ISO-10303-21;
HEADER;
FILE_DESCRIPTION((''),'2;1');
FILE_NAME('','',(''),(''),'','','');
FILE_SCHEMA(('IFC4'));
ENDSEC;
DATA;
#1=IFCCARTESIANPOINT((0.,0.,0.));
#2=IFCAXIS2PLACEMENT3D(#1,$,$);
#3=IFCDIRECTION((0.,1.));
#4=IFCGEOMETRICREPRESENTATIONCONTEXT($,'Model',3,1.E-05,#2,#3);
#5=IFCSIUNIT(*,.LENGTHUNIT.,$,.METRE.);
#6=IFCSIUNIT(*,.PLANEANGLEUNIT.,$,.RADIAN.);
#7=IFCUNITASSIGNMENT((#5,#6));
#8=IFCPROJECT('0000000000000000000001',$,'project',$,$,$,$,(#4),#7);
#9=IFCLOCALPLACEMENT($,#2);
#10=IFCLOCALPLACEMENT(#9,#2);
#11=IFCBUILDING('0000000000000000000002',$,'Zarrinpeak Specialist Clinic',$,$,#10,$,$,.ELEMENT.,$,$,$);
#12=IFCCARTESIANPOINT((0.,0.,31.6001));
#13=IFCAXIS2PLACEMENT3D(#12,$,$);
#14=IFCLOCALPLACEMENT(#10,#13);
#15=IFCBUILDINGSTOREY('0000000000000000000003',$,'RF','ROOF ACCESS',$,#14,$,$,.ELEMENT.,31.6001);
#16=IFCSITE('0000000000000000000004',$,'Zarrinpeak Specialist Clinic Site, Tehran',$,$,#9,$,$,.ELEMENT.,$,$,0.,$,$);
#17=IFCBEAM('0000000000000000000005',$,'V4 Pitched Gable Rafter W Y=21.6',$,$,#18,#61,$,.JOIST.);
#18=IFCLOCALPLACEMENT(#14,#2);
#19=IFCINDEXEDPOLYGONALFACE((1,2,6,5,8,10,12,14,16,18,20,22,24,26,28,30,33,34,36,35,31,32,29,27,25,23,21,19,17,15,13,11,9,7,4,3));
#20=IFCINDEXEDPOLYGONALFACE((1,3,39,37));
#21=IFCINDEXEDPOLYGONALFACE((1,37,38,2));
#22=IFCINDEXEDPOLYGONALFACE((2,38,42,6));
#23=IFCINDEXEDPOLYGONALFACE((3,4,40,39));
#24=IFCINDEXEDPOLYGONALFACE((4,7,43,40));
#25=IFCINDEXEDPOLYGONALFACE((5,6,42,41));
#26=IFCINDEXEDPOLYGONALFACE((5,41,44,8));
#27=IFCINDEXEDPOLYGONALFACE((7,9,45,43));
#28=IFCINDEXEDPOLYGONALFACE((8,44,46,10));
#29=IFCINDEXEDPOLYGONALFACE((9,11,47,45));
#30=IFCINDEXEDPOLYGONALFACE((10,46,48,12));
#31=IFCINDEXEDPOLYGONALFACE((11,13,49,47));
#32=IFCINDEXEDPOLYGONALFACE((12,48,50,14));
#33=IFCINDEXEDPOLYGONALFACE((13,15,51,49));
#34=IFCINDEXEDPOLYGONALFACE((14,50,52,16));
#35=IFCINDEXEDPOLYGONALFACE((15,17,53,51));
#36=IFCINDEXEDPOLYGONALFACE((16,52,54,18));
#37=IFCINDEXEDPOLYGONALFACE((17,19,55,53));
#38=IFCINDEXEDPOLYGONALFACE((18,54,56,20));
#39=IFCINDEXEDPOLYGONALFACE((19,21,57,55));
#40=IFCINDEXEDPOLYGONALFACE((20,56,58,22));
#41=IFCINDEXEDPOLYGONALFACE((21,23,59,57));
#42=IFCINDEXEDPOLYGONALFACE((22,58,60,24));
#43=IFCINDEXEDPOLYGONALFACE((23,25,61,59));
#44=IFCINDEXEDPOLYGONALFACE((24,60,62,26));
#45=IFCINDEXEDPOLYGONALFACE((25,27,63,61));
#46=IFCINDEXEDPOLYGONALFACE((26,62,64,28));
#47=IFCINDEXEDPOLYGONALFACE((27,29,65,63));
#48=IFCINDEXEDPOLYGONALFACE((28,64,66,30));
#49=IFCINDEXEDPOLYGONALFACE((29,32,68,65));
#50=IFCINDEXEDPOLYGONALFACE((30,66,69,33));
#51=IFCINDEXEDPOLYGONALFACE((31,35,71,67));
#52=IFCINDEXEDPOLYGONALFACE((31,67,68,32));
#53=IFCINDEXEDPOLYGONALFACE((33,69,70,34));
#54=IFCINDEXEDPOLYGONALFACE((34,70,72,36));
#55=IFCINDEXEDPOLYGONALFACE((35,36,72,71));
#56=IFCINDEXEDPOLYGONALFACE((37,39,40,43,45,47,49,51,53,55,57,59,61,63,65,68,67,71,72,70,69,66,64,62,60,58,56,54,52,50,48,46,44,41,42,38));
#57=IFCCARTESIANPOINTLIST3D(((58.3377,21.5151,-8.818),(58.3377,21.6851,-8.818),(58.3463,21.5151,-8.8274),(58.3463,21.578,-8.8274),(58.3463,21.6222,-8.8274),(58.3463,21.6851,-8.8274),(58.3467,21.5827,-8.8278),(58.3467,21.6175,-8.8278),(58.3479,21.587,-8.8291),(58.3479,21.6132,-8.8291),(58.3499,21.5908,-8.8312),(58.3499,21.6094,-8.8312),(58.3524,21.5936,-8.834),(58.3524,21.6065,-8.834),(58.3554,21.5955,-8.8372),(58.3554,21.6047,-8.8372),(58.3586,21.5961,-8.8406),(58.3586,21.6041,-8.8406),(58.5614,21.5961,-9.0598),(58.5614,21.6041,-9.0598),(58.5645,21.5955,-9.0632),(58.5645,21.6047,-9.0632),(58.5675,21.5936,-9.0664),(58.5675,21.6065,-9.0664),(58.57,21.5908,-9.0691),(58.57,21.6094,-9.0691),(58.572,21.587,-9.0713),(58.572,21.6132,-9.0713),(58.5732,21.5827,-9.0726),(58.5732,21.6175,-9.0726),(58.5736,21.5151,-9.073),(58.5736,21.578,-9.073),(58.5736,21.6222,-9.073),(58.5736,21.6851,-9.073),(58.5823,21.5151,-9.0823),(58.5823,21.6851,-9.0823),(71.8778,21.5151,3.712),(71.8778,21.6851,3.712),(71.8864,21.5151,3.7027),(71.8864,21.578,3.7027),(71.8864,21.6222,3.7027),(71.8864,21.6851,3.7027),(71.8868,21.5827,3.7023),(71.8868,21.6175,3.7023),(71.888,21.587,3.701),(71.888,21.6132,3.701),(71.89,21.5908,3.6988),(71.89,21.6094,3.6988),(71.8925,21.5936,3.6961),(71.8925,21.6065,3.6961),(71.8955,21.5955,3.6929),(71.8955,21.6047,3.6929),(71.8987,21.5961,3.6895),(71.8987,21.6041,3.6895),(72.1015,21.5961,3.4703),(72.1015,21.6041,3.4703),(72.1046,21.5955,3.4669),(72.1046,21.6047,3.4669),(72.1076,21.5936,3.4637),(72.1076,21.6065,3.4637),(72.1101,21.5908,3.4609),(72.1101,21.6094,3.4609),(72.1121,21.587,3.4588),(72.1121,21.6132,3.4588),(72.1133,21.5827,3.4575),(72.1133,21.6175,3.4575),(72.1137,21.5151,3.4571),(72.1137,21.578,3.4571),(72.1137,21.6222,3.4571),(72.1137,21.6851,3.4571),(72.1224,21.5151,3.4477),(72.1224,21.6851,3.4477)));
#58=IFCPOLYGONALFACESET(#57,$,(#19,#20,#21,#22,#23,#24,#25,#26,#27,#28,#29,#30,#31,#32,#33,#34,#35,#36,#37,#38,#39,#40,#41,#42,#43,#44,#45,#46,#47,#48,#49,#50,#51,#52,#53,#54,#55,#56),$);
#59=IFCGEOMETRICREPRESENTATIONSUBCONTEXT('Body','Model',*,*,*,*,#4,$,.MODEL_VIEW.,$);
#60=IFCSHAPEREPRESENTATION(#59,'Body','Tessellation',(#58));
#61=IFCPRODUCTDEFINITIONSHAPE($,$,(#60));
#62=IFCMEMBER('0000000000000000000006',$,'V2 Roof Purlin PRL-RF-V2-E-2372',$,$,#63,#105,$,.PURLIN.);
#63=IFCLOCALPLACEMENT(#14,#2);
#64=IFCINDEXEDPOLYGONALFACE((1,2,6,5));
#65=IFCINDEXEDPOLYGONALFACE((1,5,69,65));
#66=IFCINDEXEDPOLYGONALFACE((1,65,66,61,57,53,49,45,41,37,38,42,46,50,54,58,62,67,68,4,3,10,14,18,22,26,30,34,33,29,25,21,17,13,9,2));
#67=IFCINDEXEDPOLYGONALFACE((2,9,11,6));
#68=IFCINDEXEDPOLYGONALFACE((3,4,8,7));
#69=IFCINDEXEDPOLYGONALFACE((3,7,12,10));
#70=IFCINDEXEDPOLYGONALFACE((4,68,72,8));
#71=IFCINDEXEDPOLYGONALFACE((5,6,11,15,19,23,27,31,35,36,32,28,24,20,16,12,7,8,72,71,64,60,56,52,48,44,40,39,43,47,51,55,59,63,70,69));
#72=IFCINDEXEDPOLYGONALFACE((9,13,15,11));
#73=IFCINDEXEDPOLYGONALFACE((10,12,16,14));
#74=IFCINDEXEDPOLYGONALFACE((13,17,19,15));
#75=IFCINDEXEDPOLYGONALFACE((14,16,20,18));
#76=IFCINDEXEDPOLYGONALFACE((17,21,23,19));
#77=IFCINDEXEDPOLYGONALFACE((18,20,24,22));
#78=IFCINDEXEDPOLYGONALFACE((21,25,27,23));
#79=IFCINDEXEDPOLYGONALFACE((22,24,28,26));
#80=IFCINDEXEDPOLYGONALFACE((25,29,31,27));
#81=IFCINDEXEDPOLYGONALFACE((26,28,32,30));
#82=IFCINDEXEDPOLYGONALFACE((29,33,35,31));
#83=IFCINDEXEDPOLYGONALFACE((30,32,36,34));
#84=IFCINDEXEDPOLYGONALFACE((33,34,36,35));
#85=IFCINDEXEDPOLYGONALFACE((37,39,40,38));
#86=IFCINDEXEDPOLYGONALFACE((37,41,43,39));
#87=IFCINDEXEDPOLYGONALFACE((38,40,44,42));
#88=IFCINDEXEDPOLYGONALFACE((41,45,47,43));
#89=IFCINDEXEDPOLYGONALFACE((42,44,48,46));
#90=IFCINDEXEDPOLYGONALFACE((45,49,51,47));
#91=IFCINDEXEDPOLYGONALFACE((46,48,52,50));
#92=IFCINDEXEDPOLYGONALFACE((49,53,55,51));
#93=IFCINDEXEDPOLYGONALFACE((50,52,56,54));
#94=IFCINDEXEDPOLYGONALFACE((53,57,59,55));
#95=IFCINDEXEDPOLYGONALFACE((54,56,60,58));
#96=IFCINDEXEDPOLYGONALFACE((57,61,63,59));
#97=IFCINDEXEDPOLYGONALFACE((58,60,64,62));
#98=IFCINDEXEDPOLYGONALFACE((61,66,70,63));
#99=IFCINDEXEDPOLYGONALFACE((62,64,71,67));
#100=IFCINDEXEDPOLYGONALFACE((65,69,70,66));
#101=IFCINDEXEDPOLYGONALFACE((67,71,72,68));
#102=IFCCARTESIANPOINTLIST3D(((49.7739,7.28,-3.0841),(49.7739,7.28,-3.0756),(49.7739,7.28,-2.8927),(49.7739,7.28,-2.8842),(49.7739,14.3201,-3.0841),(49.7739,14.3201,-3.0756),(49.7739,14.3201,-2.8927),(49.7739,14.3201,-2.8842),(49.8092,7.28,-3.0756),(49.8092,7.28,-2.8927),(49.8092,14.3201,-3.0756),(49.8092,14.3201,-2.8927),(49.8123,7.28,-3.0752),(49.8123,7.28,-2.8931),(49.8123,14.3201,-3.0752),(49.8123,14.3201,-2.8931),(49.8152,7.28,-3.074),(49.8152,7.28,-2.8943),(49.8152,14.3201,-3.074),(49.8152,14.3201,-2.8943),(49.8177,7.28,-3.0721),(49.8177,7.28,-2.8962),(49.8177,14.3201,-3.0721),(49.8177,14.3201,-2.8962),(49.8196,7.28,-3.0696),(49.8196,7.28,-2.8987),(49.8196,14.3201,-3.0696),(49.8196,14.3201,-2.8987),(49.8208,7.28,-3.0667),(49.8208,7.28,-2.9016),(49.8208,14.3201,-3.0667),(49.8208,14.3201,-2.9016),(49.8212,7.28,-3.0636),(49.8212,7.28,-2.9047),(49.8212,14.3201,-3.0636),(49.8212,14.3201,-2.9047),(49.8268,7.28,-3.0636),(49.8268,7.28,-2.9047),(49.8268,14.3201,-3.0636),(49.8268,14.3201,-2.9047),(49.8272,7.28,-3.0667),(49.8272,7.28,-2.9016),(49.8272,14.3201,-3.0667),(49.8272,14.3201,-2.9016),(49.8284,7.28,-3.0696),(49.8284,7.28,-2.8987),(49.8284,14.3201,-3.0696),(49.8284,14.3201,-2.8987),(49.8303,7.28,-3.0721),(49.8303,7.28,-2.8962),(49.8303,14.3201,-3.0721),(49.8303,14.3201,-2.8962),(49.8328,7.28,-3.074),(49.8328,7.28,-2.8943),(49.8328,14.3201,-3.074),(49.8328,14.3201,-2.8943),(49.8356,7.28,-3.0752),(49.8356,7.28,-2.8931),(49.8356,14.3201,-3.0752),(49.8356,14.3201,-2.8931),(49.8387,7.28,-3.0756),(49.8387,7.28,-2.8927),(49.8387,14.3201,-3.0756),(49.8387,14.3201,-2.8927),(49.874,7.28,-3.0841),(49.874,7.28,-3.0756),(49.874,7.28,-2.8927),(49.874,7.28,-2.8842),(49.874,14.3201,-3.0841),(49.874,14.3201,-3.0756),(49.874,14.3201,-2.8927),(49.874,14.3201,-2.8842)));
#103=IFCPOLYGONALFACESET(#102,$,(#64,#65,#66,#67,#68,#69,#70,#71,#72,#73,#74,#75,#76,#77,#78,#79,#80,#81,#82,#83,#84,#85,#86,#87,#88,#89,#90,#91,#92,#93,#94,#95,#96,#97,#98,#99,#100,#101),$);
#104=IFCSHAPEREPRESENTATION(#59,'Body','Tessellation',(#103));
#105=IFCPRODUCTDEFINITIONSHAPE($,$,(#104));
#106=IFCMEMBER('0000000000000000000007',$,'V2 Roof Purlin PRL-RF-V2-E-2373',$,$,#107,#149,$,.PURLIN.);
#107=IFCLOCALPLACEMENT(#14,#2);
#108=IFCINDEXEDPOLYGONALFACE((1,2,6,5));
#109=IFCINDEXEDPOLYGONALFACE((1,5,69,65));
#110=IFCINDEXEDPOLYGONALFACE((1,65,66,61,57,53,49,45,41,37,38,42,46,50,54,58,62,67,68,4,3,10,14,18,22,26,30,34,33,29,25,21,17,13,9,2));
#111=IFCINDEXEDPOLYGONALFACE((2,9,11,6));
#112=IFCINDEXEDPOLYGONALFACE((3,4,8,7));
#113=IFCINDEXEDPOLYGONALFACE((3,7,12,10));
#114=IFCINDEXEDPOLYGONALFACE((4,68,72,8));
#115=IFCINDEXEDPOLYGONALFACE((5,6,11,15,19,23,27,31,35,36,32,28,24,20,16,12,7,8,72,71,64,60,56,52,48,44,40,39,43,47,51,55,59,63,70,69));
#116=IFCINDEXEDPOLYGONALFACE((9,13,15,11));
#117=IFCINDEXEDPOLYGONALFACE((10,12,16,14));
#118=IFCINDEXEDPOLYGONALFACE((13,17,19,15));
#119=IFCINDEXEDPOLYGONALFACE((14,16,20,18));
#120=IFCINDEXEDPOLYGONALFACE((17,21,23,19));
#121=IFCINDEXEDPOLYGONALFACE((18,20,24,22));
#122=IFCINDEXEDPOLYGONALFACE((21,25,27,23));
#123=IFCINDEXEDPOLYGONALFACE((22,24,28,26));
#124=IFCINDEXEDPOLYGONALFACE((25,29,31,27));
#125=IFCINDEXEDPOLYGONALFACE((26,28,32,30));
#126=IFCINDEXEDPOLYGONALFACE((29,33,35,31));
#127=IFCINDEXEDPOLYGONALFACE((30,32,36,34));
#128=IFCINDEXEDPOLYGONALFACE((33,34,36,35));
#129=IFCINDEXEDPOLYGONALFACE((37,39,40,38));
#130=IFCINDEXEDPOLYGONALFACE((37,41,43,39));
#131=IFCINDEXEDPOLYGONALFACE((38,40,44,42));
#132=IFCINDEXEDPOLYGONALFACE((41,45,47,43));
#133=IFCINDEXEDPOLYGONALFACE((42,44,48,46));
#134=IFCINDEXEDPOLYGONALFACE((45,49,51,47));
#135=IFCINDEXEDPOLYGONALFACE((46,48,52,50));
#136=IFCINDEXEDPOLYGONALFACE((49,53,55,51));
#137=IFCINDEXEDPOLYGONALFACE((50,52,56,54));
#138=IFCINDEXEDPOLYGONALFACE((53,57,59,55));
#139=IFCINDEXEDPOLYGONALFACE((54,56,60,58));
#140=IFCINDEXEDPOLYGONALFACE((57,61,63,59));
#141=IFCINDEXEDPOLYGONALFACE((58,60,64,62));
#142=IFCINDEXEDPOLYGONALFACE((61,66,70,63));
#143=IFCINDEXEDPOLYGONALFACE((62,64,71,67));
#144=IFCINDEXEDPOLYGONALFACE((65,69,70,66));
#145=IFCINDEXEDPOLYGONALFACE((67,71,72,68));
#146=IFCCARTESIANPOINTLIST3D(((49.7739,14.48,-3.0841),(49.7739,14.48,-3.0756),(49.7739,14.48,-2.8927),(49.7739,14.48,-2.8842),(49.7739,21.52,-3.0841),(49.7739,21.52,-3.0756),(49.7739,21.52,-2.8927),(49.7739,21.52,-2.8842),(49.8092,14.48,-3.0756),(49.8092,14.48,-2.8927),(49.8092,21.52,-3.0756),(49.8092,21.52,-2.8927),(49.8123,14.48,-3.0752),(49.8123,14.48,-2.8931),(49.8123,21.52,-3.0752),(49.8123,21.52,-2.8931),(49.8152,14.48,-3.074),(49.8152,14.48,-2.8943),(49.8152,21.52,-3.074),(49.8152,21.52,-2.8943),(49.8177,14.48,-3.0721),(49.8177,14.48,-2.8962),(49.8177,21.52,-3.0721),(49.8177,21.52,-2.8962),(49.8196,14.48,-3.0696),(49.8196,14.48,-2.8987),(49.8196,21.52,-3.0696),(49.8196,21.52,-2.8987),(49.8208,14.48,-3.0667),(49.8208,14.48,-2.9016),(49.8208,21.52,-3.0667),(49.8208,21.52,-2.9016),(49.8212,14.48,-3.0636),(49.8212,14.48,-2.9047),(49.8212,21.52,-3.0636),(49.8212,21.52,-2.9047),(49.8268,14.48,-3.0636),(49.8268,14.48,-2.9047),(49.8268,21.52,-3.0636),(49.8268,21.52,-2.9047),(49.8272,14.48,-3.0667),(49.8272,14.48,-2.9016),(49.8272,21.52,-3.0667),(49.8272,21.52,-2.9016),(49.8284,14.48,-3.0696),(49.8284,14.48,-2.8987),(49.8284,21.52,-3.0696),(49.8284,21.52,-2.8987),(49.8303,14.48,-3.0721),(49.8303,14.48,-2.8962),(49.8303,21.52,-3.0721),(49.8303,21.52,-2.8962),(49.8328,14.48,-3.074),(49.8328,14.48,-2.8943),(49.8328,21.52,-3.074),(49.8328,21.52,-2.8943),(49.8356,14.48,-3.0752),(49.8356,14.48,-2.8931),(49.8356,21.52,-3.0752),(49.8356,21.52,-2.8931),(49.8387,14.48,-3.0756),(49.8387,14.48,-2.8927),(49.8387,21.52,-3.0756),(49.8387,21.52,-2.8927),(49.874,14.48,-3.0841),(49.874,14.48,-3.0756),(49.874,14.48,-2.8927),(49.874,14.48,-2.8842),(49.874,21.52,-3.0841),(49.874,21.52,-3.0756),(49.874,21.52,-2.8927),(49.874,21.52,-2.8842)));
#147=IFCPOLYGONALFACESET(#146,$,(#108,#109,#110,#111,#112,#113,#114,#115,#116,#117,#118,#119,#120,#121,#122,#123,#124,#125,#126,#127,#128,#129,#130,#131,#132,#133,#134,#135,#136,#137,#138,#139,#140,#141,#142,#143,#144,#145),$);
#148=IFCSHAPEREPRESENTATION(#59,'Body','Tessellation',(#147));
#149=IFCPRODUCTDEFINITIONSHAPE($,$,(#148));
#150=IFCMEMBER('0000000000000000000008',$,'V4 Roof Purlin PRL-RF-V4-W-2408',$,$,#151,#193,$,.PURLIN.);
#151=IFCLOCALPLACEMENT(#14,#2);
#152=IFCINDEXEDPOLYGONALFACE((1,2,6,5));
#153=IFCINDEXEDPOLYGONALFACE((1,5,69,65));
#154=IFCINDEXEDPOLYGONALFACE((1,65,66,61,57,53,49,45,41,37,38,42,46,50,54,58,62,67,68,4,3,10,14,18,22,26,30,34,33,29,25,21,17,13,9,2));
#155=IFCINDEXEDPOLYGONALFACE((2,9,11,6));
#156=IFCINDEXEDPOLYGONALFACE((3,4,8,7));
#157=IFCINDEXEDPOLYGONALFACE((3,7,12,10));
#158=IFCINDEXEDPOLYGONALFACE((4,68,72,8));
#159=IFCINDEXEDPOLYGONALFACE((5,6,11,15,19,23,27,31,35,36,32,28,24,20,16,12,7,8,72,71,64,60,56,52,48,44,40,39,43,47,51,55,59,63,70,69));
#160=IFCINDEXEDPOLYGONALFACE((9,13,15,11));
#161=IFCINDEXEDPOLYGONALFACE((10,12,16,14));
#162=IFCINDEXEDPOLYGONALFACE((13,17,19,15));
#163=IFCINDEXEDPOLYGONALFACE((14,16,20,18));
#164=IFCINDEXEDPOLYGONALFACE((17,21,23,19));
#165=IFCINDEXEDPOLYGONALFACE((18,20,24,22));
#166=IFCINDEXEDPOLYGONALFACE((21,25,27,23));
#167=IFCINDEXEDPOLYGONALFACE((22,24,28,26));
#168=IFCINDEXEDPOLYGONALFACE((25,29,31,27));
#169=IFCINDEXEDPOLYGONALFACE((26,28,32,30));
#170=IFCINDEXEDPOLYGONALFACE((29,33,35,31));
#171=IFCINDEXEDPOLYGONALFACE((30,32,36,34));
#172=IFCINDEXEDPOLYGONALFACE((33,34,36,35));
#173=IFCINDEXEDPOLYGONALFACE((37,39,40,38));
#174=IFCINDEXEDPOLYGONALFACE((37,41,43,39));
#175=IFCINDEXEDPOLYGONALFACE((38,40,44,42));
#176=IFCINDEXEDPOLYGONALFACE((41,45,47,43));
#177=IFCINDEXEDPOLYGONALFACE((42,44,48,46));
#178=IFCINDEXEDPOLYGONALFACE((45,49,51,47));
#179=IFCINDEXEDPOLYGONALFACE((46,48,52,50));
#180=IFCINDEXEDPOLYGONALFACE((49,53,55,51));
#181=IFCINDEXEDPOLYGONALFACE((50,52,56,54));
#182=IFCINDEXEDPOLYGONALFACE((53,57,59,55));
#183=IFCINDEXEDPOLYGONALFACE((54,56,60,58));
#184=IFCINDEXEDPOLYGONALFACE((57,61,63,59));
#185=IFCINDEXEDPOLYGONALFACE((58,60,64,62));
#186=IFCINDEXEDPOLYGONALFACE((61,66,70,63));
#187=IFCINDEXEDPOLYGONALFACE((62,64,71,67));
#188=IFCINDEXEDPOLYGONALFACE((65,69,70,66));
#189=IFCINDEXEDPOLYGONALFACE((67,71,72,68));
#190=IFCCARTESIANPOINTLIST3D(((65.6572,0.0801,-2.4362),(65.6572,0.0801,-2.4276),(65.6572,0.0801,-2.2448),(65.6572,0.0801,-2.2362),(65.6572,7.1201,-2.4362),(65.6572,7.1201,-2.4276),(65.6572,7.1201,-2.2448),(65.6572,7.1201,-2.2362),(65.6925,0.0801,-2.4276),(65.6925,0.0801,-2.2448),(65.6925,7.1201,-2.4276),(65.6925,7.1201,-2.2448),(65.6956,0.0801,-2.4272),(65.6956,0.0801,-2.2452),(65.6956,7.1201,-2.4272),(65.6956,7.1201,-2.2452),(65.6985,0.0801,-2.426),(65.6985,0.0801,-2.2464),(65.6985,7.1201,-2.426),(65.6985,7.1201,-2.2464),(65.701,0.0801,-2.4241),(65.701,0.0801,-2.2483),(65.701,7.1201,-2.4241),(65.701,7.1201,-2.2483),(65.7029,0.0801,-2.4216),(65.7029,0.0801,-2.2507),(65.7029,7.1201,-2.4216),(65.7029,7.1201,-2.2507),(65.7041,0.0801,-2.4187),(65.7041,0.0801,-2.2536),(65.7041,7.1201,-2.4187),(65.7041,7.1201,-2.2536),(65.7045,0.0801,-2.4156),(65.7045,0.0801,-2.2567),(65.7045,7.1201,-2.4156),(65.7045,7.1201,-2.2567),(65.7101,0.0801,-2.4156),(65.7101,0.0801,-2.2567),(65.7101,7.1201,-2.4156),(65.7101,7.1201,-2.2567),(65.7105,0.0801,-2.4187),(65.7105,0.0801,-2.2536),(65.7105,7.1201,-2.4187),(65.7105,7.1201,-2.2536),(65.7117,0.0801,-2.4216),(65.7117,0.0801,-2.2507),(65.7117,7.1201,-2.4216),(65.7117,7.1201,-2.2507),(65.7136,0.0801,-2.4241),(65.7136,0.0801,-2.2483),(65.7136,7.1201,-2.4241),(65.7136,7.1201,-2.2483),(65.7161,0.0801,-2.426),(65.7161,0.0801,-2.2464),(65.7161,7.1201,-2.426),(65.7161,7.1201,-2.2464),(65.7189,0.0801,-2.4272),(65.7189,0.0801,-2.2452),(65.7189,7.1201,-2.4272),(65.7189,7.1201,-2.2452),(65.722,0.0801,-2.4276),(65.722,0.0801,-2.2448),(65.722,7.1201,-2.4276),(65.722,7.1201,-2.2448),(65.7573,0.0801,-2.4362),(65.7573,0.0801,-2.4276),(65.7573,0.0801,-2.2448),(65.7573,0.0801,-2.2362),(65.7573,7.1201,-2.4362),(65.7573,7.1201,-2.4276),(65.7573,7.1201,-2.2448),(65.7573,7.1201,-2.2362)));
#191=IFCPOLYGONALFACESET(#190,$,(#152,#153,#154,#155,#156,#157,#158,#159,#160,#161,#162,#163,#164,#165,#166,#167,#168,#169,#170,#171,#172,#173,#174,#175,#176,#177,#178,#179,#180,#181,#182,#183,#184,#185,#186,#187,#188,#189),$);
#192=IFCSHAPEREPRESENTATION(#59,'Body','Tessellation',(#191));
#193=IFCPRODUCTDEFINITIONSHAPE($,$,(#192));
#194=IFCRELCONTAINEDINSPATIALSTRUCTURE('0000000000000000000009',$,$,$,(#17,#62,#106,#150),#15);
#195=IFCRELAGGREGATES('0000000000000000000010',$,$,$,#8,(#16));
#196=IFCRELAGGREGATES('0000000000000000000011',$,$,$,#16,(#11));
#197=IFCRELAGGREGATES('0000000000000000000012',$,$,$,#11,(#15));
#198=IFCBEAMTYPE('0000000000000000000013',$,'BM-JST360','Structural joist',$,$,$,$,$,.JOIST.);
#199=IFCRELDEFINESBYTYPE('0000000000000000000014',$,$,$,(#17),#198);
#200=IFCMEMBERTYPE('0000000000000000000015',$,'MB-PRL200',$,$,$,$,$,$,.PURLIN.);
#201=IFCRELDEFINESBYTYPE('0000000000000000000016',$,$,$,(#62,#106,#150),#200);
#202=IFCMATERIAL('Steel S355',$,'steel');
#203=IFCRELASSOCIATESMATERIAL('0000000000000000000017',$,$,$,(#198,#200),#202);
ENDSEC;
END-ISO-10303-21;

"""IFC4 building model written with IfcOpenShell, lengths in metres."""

from ifc_helpers import new_model, si_unit, direction, frame, origin, origin_2d, place, context, subcontext, project, spatial, i_section, extrude, material, material_profile, profile_set, type_object, element, save


model = new_model("IFC4")

# Units and contexts
model_context = context("Model", 3, precision=1e-05, world=origin(), true_north=direction((0.0, 1.0)))
body_context = subcontext(model_context, "Body", "Model", "MODEL_VIEW")
ifc_project = project(units=[si_unit("LENGTHUNIT", "METRE"), si_unit("PLANEANGLEUNIT", "RADIAN")], contexts=[model_context])

# Site, building, storey
site_placement = place(None, origin())
site = spatial("IfcSite", under=ifc_project, at=site_placement, Name="Zarrinpeak Specialist Clinic Site, Tehran", CompositionType="ELEMENT", RefElevation=0.0)
building_placement = place(site_placement, origin())
building = spatial("IfcBuilding", under=site, at=building_placement, Name="Zarrinpeak Specialist Clinic", CompositionType="ELEMENT")
storey_placement = place(building_placement, frame((0.0, 0.0, 31.6001)))
storey = spatial("IfcBuildingStorey", under=building, at=storey_placement, Name="RF", Description="ROOF ACCESS", CompositionType="ELEMENT", Elevation=31.6001)

# Shared definitions
ifc_material_1 = material(Name="Steel S355", Category="steel")

# Beam
ifc_material_profile_1 = material_profile(ifc_material_1, i_section(OverallWidth=0.1699, OverallDepth=0.3601, WebThickness=0.0081, FlangeThickness=0.0127, FilletRadius=0.0181, at=origin_2d()), Name="IPE 360")
ifc_profile_set_1 = profile_set([ifc_material_profile_1], Name="Steel S355")
beam_type = type_object("IfcBeamType", Name="BM-JST360", Description="Structural joist", PredefinedType="JOIST", material=ifc_profile_set_1)
for number, where, z_axis, x_axis, name in (
    (1, (58.46, 21.6001, -8.9502), (0.733951, 0.0, 0.679202), (0.0, 1.0, 0.0), "V4 Pitched Gable Rafter W Y=21.6"),
):
    element("IfcBeam", number, at=place(storey_placement, frame(where, z_axis=z_axis, x_axis=x_axis)), inside=storey, type_object=beam_type, Name=name, PredefinedType="JOIST", context=body_context, shape_type="SweptSolid", body=[
        extrude(i_section(OverallWidth=0.1699, OverallDepth=0.3601, WebThickness=0.0081, FlangeThickness=0.0127, FilletRadius=0.0181, at=origin_2d()), origin(), (0.0, 0.0, 1.0), 18.4482),
    ])

# Members
ifc_material_profile_2 = material_profile(ifc_material_1, i_section(OverallWidth=0.1001, OverallDepth=0.2, WebThickness=0.0056, FlangeThickness=0.0085, FilletRadius=0.012, at=origin_2d()), Name="IPE 200")
ifc_profile_set_2 = profile_set([ifc_material_profile_2], Name="Steel S355")
member_type_1 = type_object("IfcMemberType", Name="MB-PRL200", PredefinedType="PURLIN", material=ifc_profile_set_2)
for number, where, z_axis, x_axis, name in (
    (2, (49.824, 7.28, -2.9841), (0.0, 1.0, 0.0), (-1.0, 0.0, 0.0), "V2 Roof Purlin PRL-RF-V2-E-2372"),
    (3, (49.824, 14.48, -2.9841), (0.0, 1.0, 0.0), (-1.0, 0.0, 0.0), "V2 Roof Purlin PRL-RF-V2-E-2373"),
    (4, (65.7073, 0.0801, -2.3362), (0.0, 1.0, 0.0), (-1.0, 0.0, 0.0), "V4 Roof Purlin PRL-RF-V4-W-2408"),
):
    element("IfcMember", number, at=place(storey_placement, frame(where, z_axis=z_axis, x_axis=x_axis)), inside=storey, type_object=member_type_1, Name=name, PredefinedType="PURLIN", context=body_context, shape_type="SweptSolid", body=[
        extrude(i_section(OverallWidth=0.1001, OverallDepth=0.2, WebThickness=0.0056, FlangeThickness=0.0085, FilletRadius=0.012, at=origin_2d()), origin(), (0.0, 0.0, 1.0), 7.04),
    ])

save(model, "model.ifc")
